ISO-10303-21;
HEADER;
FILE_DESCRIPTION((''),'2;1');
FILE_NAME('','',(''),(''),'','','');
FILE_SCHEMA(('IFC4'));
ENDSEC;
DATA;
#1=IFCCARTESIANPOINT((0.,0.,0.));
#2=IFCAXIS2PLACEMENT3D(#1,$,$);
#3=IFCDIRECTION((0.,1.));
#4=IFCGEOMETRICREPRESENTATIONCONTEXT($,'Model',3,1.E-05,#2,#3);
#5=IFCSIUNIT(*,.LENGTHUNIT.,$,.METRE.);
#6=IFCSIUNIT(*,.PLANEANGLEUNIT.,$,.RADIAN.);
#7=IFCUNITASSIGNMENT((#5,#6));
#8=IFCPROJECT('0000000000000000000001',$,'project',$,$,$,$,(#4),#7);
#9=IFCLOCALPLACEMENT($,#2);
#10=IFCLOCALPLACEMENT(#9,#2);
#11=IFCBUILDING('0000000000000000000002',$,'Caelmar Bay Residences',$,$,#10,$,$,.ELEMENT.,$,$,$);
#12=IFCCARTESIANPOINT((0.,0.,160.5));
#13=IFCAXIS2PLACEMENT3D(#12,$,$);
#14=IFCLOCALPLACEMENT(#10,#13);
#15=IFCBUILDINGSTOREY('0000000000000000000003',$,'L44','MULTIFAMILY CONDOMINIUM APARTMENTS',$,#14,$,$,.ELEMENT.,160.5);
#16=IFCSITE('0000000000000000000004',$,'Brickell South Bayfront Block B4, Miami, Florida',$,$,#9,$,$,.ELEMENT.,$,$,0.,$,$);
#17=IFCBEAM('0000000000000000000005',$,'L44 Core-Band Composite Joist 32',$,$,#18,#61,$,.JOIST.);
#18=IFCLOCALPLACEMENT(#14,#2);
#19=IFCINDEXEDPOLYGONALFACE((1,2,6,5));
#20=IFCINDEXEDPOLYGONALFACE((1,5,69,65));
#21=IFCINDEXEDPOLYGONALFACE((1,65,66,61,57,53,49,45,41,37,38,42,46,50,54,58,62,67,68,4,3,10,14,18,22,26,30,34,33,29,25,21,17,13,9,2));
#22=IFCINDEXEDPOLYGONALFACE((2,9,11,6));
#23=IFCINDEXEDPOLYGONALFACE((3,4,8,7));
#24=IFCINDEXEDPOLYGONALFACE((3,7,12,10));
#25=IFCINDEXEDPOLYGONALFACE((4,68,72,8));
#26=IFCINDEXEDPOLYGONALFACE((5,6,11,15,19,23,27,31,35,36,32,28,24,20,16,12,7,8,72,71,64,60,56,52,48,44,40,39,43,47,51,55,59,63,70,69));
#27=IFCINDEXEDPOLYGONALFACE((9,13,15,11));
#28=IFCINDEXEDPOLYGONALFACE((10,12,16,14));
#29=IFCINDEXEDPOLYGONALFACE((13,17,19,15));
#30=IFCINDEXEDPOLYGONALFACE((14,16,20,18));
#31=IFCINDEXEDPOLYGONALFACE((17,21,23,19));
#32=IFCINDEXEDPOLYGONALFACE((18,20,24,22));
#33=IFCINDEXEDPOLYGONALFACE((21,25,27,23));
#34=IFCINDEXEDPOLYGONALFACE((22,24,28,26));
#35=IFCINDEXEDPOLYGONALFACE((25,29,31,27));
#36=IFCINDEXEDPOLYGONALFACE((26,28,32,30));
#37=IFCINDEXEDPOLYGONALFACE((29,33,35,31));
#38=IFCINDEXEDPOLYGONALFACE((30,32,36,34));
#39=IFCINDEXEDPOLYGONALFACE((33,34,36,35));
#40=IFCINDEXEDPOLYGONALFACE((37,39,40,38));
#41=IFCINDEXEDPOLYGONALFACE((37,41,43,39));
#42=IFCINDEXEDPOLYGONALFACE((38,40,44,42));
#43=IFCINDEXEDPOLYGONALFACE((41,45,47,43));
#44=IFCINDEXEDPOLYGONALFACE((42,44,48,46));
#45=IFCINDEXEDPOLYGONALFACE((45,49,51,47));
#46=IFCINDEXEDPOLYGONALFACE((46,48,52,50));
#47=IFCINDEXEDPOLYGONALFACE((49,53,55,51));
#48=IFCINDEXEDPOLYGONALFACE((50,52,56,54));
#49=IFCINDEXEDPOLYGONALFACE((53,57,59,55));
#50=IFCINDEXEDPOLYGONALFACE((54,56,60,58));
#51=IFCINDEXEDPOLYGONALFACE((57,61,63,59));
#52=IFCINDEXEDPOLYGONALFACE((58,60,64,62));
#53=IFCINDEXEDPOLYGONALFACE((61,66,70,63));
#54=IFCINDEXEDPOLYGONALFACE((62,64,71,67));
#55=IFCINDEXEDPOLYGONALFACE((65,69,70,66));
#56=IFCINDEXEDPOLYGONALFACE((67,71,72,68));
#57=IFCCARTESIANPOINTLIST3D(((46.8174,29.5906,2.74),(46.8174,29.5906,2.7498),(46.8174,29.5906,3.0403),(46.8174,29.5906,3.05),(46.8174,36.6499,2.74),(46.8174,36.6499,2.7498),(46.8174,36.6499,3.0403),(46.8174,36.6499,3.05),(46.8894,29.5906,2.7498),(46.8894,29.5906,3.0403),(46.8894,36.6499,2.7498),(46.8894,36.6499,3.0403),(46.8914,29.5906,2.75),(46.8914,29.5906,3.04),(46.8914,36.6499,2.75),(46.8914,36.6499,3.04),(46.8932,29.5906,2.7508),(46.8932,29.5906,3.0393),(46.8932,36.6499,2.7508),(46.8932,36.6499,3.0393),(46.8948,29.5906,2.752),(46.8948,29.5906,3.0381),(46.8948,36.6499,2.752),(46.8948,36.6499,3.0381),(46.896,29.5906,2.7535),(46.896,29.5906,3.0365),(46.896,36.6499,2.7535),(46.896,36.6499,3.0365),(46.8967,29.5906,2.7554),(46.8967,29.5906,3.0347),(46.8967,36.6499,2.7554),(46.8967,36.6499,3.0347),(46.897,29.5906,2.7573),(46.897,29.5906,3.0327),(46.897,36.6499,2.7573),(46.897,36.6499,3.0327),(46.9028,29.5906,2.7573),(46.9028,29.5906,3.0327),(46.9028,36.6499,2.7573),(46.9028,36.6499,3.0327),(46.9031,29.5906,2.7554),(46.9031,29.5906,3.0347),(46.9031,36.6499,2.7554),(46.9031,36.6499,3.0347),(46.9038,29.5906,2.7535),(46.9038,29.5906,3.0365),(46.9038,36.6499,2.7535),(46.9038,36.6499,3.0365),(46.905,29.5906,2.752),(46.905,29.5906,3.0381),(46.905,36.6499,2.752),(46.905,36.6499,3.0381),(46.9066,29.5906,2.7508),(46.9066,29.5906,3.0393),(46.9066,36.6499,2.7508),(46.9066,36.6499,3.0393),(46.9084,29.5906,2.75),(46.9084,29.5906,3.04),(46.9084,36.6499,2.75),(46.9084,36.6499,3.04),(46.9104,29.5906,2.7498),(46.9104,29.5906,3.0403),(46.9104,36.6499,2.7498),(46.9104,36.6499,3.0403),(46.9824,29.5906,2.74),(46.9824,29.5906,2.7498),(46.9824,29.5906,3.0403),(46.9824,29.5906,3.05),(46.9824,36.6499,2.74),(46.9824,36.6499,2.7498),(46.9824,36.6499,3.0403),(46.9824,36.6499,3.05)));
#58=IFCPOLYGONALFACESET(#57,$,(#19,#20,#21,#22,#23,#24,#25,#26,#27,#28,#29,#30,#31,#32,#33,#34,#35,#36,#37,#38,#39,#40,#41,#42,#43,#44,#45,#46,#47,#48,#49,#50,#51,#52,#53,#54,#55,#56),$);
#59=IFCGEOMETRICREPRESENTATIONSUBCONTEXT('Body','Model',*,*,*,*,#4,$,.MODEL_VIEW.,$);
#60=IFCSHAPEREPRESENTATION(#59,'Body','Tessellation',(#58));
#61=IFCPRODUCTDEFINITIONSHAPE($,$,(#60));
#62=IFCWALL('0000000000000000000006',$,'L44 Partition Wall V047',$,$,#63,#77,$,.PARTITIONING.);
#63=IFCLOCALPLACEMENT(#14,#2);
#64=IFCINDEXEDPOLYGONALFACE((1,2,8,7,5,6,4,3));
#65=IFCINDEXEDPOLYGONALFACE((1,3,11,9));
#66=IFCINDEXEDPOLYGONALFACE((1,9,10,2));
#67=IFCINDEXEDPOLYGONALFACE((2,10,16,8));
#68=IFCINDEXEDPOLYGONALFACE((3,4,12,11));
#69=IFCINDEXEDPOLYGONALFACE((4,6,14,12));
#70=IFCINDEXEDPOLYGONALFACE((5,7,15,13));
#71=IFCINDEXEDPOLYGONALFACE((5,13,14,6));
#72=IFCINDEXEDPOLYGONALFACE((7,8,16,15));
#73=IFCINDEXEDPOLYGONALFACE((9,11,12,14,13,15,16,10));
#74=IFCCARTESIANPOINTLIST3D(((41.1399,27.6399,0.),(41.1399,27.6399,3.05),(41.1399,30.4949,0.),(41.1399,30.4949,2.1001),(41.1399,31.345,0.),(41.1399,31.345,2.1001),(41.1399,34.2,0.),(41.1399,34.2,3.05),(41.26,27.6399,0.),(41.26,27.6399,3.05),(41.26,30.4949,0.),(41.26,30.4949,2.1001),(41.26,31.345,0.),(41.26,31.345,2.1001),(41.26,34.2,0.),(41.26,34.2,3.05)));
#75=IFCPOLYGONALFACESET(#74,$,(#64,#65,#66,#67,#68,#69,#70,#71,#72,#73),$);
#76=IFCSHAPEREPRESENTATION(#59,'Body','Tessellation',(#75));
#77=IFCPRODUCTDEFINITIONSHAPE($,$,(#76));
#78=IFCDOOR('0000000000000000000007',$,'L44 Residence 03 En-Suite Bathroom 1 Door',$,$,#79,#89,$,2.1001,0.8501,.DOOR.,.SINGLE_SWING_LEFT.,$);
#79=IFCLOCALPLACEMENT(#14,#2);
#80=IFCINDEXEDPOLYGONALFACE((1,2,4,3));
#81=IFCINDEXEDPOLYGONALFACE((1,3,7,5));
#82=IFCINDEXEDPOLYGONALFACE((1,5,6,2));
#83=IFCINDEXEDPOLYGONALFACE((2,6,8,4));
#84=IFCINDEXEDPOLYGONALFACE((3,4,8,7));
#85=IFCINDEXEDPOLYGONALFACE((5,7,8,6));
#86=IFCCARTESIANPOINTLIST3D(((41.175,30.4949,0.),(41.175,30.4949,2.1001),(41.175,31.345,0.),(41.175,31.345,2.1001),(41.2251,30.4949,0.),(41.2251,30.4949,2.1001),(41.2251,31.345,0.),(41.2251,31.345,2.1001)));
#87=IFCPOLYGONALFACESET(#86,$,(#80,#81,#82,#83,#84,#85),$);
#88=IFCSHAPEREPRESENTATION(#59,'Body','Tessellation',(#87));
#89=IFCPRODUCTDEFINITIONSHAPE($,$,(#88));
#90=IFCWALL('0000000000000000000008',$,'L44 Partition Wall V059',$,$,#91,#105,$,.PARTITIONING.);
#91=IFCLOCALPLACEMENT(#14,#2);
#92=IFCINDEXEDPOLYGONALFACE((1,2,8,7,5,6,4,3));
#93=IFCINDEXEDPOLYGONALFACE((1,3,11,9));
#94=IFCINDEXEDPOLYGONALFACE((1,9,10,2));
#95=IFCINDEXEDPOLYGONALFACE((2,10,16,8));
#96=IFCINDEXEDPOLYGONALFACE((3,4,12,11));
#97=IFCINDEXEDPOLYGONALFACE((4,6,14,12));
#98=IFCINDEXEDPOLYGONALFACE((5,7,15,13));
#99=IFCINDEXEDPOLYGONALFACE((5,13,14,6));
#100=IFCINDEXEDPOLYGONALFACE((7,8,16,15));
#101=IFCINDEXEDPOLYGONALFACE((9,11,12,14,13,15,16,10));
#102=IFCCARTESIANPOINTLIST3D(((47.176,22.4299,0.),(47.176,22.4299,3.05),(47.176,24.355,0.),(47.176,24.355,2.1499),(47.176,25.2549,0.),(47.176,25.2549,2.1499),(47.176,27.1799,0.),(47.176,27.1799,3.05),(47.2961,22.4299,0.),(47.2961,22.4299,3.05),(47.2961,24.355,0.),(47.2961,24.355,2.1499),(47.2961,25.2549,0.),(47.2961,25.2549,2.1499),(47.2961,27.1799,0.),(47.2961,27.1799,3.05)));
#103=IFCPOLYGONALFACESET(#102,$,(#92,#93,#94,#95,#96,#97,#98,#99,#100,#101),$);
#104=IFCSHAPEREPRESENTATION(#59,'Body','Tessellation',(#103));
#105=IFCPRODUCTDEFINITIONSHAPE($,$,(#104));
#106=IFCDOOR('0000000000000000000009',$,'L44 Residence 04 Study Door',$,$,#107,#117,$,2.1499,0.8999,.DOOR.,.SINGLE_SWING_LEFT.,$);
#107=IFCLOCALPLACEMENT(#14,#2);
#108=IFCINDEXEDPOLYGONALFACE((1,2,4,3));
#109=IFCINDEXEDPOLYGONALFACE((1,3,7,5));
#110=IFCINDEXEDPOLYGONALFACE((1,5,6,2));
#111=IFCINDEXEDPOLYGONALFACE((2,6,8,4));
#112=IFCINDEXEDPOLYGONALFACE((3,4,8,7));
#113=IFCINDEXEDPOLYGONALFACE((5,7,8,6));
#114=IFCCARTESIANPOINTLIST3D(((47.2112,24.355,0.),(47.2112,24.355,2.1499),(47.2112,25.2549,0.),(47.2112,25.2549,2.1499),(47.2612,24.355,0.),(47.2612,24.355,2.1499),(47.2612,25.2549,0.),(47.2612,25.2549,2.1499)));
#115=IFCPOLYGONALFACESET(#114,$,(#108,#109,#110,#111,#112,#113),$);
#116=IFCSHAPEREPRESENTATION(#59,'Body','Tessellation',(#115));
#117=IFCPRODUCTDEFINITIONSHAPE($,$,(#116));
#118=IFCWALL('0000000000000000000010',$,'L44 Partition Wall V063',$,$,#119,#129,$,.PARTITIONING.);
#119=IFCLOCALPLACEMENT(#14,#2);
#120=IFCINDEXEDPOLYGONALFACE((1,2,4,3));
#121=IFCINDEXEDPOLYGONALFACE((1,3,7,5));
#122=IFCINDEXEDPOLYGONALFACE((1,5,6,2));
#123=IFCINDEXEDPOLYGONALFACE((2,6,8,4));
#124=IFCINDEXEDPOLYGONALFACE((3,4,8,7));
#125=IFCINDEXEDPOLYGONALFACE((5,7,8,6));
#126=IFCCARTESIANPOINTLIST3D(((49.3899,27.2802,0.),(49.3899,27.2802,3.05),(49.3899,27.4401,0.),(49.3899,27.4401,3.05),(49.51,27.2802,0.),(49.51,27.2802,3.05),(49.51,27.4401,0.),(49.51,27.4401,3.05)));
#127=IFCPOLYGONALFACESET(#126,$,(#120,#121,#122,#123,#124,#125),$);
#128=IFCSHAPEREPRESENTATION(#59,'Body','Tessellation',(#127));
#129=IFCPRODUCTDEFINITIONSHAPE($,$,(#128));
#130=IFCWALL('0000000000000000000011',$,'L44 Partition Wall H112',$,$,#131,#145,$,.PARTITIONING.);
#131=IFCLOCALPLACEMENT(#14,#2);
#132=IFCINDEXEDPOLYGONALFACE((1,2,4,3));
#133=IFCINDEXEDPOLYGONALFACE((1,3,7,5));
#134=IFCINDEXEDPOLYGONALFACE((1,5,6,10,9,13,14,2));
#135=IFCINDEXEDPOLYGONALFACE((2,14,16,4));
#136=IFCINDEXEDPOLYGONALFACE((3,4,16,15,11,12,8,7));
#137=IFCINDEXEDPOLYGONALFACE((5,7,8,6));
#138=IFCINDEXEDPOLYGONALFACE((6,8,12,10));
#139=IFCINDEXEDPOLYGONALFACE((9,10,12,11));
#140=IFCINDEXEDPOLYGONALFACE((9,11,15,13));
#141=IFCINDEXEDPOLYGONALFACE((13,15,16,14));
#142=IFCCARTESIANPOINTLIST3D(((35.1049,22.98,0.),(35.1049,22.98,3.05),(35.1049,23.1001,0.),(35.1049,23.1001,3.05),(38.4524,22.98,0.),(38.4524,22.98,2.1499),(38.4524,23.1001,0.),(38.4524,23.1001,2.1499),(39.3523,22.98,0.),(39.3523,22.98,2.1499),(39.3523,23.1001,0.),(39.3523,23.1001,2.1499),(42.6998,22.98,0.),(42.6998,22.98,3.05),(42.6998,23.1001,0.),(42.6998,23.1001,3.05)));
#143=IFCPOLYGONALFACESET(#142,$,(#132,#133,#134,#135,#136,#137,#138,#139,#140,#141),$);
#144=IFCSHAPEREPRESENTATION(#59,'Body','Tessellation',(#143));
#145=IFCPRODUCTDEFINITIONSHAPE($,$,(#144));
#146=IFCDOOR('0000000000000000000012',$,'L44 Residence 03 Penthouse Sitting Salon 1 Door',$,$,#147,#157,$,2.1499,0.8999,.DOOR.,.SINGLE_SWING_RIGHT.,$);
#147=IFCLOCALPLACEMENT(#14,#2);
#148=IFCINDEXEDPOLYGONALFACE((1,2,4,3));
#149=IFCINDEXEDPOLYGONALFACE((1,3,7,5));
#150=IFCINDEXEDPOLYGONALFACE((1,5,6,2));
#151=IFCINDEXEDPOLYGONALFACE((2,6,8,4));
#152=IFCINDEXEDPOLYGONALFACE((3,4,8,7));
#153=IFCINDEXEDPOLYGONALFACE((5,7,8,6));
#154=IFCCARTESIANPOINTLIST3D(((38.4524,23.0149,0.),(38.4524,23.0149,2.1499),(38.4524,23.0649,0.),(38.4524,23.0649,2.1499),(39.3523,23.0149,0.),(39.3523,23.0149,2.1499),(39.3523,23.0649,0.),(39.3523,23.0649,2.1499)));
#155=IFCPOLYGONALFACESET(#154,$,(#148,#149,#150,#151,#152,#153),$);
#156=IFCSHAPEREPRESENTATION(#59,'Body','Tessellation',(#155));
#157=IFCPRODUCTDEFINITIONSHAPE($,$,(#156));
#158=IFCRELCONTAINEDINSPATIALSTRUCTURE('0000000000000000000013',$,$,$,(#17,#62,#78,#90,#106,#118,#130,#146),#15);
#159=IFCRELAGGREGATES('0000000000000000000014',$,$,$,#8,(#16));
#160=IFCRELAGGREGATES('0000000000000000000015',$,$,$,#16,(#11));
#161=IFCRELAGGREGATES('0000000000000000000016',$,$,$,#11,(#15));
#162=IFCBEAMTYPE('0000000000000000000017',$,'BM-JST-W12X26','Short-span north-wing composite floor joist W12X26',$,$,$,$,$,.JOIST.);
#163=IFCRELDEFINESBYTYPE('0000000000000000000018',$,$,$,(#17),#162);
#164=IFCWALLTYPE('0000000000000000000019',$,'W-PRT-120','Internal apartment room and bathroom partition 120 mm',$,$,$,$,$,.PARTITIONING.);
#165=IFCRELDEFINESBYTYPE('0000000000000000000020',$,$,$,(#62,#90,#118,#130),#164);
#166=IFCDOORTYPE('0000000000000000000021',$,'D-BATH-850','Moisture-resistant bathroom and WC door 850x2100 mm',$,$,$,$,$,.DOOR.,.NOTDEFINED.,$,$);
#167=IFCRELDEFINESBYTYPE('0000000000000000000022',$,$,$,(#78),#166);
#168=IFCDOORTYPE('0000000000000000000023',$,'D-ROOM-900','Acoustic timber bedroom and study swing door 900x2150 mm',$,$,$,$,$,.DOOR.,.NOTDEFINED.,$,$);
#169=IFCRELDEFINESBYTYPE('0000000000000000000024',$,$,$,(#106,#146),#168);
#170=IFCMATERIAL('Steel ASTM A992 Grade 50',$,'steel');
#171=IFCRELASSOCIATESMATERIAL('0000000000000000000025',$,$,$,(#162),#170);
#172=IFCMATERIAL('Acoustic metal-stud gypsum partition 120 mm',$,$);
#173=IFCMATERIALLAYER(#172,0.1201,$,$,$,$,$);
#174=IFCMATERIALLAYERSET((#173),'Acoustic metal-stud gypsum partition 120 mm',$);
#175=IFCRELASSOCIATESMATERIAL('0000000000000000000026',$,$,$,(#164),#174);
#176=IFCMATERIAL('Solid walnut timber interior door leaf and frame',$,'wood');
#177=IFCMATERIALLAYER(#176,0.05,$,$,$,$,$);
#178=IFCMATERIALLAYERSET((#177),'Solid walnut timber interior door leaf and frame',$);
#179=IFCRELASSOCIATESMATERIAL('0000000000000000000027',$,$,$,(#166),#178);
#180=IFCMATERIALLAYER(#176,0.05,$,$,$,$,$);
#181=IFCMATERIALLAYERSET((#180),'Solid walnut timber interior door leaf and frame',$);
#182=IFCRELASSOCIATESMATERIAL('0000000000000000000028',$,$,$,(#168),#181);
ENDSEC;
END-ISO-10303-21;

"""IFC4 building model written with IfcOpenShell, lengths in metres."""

from ifc_helpers import new_model, si_unit, direction, frame, frame_2d, origin, origin_2d, place, context, subcontext, project, spatial, rectangle, i_section, extrude, material, layer, layer_set, material_profile, profile_set, type_object, element, fill, save


model = new_model("IFC4")

# Units and contexts
model_context = context("Model", 3, precision=1e-05, world=origin(), true_north=direction((0.0, 1.0)))
body_context = subcontext(model_context, "Body", "Model", "MODEL_VIEW")
ifc_project = project(units=[si_unit("LENGTHUNIT", "METRE"), si_unit("PLANEANGLEUNIT", "RADIAN")], contexts=[model_context])

# Site, building, storey
site_placement = place(None, origin())
site = spatial("IfcSite", under=ifc_project, at=site_placement, Name="Brickell South Bayfront Block B4, Miami, Florida", CompositionType="ELEMENT", RefElevation=0.0)
building_placement = place(site_placement, origin())
building = spatial("IfcBuilding", under=site, at=building_placement, Name="Caelmar Bay Residences", CompositionType="ELEMENT")
storey_placement = place(building_placement, frame((0.0, 0.0, 160.5)))
storey = spatial("IfcBuildingStorey", under=building, at=storey_placement, Name="L44", Description="MULTIFAMILY CONDOMINIUM APARTMENTS", CompositionType="ELEMENT", Elevation=160.5)

# Beam
ifc_material_1 = material(Name="Steel ASTM A992 Grade 50", Category="steel")
ifc_material_profile_1 = material_profile(ifc_material_1, i_section(OverallWidth=0.165, OverallDepth=0.3101, WebThickness=0.0059, FlangeThickness=0.0098, FilletRadius=0.0076, at=origin_2d()), Name="W12X26")
ifc_profile_set_1 = profile_set([ifc_material_profile_1], Name="Steel ASTM A992 Grade 50")
beam_type_1 = type_object("IfcBeamType", Name="BM-JST-W12X26", Description="Short-span north-wing composite floor joist W12X26", PredefinedType="JOIST", material=ifc_profile_set_1)
for number, where, z_axis, x_axis, name in (
    (1, (46.8999, 29.5906, 2.895), (0.0, 1.0, 0.0), (-1.0, 0.0, 0.0), "L44 Core-Band Composite Joist 32"),
):
    element("IfcBeam", number, at=place(storey_placement, frame(where, z_axis=z_axis, x_axis=x_axis)), inside=storey, type_object=beam_type_1, Name=name, PredefinedType="JOIST", context=body_context, shape_type="SweptSolid", body=[
        extrude(i_section(OverallWidth=0.165, OverallDepth=0.3101, WebThickness=0.0059, FlangeThickness=0.0098, FilletRadius=0.0076, at=origin_2d()), origin(), (0.0, 0.0, 1.0), 7.0593),
    ])

# Walls, openings, doors
ifc_material_2 = material(Name="Acoustic metal-stud gypsum partition 120 mm")
ifc_layer_1 = layer(ifc_material_2, 0.1201)
ifc_layer_set_1 = layer_set([ifc_layer_1], Name="Acoustic metal-stud gypsum partition 120 mm")
wall_type_1 = type_object("IfcWallType", Name="W-PRT-120", Description="Internal apartment room and bathroom partition 120 mm", PredefinedType="PARTITIONING", material=ifc_layer_set_1)
wall_1_placement = place(storey_placement, frame((41.2, 27.6399, 0.0), z_axis=(0.0, 0.0, 1.0), x_axis=(0.0, 1.0, 0.0)))
wall_1 = element("IfcWall", 2, at=wall_1_placement, inside=storey, type_object=wall_type_1, Name="L44 Partition Wall V047", PredefinedType="PARTITIONING", context=body_context, shape_type="SweptSolid", body=[
    extrude(rectangle(XDim=6.5601, YDim=0.1201, at=frame_2d((3.28, 0.0))), origin(), (0.0, 0.0, 1.0), 3.05),
])
opening_1_placement = place(wall_1_placement, frame((2.855, 0.0, 0.0)))
opening_1 = element("IfcOpeningElement", 3, at=opening_1_placement, cuts=wall_1, PredefinedType="OPENING", context=body_context, shape_type="SweptSolid", body=[
    extrude(rectangle(XDim=0.8501, YDim=2.1001, at=frame_2d((0.425, 1.05))), frame((0.0, 0.0701, 0.0), z_axis=(0.0, -1.0, 0.0), x_axis=(1.0, 0.0, 0.0)), (0.0, 0.0, 1.0), 0.1401),
])
ifc_material_3 = material(Name="Solid walnut timber interior door leaf and frame", Category="wood")
ifc_layer_2 = layer(ifc_material_3, 0.05)
ifc_layer_set_2 = layer_set([ifc_layer_2], Name="Solid walnut timber interior door leaf and frame")
door_type_1 = type_object("IfcDoorType", Name="D-BATH-850", Description="Moisture-resistant bathroom and WC door 850x2100 mm", OperationType="NOTDEFINED", PredefinedType="DOOR", material=ifc_layer_set_2)
door_1_placement = place(opening_1_placement, origin())
door_1 = element("IfcDoor", 4, at=door_1_placement, inside=storey, type_object=door_type_1, Name="L44 Residence 03 En-Suite Bathroom 1 Door", OperationType="SINGLE_SWING_LEFT", OverallHeight=2.1001, OverallWidth=0.8501, PredefinedType="DOOR", context=body_context, shape_type="SweptSolid", body=[
    extrude(rectangle(XDim=0.8501, YDim=2.1001, at=frame_2d((0.425, 1.05))), frame((0.0, 0.0249, 0.0), z_axis=(0.0, -1.0, 0.0), x_axis=(1.0, 0.0, 0.0)), (0.0, 0.0, 1.0), 0.05),
])
fill(opening_1, door_1)
wall_2_placement = place(storey_placement, frame((47.2361, 22.4299, 0.0), z_axis=(0.0, 0.0, 1.0), x_axis=(0.0, 1.0, 0.0)))
wall_2 = element("IfcWall", 5, at=wall_2_placement, inside=storey, type_object=wall_type_1, Name="L44 Partition Wall V059", PredefinedType="PARTITIONING", context=body_context, shape_type="SweptSolid", body=[
    extrude(rectangle(XDim=4.75, YDim=0.1201, at=frame_2d((2.375, 0.0))), origin(), (0.0, 0.0, 1.0), 3.05),
])
opening_2_placement = place(wall_2_placement, frame((1.925, 0.0, 0.0)))
opening_2 = element("IfcOpeningElement", 6, at=opening_2_placement, cuts=wall_2, PredefinedType="OPENING", context=body_context, shape_type="SweptSolid", body=[
    extrude(rectangle(XDim=0.8999, YDim=2.1499, at=frame_2d((0.45, 1.075))), frame((0.0, 0.0701, 0.0), z_axis=(0.0, -1.0, 0.0), x_axis=(1.0, 0.0, 0.0)), (0.0, 0.0, 1.0), 0.1401),
])
ifc_layer_3 = layer(ifc_material_3, 0.05)
ifc_layer_set_3 = layer_set([ifc_layer_3], Name="Solid walnut timber interior door leaf and frame")
door_type_2 = type_object("IfcDoorType", Name="D-ROOM-900", Description="Acoustic timber bedroom and study swing door 900x2150 mm", OperationType="NOTDEFINED", PredefinedType="DOOR", material=ifc_layer_set_3)
door_2_placement = place(opening_2_placement, origin())
door_2 = element("IfcDoor", 7, at=door_2_placement, inside=storey, type_object=door_type_2, Name="L44 Residence 04 Study Door", OperationType="SINGLE_SWING_LEFT", OverallHeight=2.1499, OverallWidth=0.8999, PredefinedType="DOOR", context=body_context, shape_type="SweptSolid", body=[
    extrude(rectangle(XDim=0.8999, YDim=2.1499, at=frame_2d((0.45, 1.075))), frame((0.0, 0.0249, 0.0), z_axis=(0.0, -1.0, 0.0), x_axis=(1.0, 0.0, 0.0)), (0.0, 0.0, 1.0), 0.05),
])
fill(opening_2, door_2)

# Wall
wall_3_placement = place(storey_placement, frame((49.45, 27.28, 0.0), z_axis=(0.0, 0.0, 1.0), x_axis=(0.0, 1.0, 0.0)))
element("IfcWall", 8, at=wall_3_placement, inside=storey, type_object=wall_type_1, Name="L44 Partition Wall V063", PredefinedType="PARTITIONING", context=body_context, shape_type="SweptSolid", body=[
    extrude(rectangle(XDim=0.1599, YDim=0.1201, at=frame_2d((0.0801, 0.0))), origin(), (0.0, 0.0, 1.0), 3.05),
])

# Wall, opening, door
wall_4_placement = place(storey_placement, frame((35.105, 23.04, 0.0), z_axis=(0.0, 0.0, 1.0), x_axis=(1.0, 0.0, 0.0)))
wall_4 = element("IfcWall", 9, at=wall_4_placement, inside=storey, type_object=wall_type_1, Name="L44 Partition Wall H112", PredefinedType="PARTITIONING", context=body_context, shape_type="SweptSolid", body=[
    extrude(rectangle(XDim=7.595, YDim=0.1201, at=frame_2d((3.7974, 0.0))), origin(), (0.0, 0.0, 1.0), 3.05),
])
opening_3_placement = place(wall_4_placement, frame((3.3474, 0.0, 0.0)))
opening_3 = element("IfcOpeningElement", 10, at=opening_3_placement, cuts=wall_4, PredefinedType="OPENING", context=body_context, shape_type="SweptSolid", body=[
    extrude(rectangle(XDim=0.8999, YDim=2.1499, at=frame_2d((0.45, 1.075))), frame((0.0, 0.0701, 0.0), z_axis=(0.0, -1.0, 0.0), x_axis=(1.0, 0.0, 0.0)), (0.0, 0.0, 1.0), 0.1401),
])
door_3_placement = place(opening_3_placement, origin())
door_3 = element("IfcDoor", 11, at=door_3_placement, inside=storey, type_object=door_type_2, Name="L44 Residence 03 Penthouse Sitting Salon 1 Door", OperationType="SINGLE_SWING_RIGHT", OverallHeight=2.1499, OverallWidth=0.8999, PredefinedType="DOOR", context=body_context, shape_type="SweptSolid", body=[
    extrude(rectangle(XDim=0.8999, YDim=2.1499, at=frame_2d((0.45, 1.075))), frame((0.0, 0.0249, 0.0), z_axis=(0.0, -1.0, 0.0), x_axis=(1.0, 0.0, 0.0)), (0.0, 0.0, 1.0), 0.05),
])
fill(opening_3, door_3)

save(model, "model.ifc")
